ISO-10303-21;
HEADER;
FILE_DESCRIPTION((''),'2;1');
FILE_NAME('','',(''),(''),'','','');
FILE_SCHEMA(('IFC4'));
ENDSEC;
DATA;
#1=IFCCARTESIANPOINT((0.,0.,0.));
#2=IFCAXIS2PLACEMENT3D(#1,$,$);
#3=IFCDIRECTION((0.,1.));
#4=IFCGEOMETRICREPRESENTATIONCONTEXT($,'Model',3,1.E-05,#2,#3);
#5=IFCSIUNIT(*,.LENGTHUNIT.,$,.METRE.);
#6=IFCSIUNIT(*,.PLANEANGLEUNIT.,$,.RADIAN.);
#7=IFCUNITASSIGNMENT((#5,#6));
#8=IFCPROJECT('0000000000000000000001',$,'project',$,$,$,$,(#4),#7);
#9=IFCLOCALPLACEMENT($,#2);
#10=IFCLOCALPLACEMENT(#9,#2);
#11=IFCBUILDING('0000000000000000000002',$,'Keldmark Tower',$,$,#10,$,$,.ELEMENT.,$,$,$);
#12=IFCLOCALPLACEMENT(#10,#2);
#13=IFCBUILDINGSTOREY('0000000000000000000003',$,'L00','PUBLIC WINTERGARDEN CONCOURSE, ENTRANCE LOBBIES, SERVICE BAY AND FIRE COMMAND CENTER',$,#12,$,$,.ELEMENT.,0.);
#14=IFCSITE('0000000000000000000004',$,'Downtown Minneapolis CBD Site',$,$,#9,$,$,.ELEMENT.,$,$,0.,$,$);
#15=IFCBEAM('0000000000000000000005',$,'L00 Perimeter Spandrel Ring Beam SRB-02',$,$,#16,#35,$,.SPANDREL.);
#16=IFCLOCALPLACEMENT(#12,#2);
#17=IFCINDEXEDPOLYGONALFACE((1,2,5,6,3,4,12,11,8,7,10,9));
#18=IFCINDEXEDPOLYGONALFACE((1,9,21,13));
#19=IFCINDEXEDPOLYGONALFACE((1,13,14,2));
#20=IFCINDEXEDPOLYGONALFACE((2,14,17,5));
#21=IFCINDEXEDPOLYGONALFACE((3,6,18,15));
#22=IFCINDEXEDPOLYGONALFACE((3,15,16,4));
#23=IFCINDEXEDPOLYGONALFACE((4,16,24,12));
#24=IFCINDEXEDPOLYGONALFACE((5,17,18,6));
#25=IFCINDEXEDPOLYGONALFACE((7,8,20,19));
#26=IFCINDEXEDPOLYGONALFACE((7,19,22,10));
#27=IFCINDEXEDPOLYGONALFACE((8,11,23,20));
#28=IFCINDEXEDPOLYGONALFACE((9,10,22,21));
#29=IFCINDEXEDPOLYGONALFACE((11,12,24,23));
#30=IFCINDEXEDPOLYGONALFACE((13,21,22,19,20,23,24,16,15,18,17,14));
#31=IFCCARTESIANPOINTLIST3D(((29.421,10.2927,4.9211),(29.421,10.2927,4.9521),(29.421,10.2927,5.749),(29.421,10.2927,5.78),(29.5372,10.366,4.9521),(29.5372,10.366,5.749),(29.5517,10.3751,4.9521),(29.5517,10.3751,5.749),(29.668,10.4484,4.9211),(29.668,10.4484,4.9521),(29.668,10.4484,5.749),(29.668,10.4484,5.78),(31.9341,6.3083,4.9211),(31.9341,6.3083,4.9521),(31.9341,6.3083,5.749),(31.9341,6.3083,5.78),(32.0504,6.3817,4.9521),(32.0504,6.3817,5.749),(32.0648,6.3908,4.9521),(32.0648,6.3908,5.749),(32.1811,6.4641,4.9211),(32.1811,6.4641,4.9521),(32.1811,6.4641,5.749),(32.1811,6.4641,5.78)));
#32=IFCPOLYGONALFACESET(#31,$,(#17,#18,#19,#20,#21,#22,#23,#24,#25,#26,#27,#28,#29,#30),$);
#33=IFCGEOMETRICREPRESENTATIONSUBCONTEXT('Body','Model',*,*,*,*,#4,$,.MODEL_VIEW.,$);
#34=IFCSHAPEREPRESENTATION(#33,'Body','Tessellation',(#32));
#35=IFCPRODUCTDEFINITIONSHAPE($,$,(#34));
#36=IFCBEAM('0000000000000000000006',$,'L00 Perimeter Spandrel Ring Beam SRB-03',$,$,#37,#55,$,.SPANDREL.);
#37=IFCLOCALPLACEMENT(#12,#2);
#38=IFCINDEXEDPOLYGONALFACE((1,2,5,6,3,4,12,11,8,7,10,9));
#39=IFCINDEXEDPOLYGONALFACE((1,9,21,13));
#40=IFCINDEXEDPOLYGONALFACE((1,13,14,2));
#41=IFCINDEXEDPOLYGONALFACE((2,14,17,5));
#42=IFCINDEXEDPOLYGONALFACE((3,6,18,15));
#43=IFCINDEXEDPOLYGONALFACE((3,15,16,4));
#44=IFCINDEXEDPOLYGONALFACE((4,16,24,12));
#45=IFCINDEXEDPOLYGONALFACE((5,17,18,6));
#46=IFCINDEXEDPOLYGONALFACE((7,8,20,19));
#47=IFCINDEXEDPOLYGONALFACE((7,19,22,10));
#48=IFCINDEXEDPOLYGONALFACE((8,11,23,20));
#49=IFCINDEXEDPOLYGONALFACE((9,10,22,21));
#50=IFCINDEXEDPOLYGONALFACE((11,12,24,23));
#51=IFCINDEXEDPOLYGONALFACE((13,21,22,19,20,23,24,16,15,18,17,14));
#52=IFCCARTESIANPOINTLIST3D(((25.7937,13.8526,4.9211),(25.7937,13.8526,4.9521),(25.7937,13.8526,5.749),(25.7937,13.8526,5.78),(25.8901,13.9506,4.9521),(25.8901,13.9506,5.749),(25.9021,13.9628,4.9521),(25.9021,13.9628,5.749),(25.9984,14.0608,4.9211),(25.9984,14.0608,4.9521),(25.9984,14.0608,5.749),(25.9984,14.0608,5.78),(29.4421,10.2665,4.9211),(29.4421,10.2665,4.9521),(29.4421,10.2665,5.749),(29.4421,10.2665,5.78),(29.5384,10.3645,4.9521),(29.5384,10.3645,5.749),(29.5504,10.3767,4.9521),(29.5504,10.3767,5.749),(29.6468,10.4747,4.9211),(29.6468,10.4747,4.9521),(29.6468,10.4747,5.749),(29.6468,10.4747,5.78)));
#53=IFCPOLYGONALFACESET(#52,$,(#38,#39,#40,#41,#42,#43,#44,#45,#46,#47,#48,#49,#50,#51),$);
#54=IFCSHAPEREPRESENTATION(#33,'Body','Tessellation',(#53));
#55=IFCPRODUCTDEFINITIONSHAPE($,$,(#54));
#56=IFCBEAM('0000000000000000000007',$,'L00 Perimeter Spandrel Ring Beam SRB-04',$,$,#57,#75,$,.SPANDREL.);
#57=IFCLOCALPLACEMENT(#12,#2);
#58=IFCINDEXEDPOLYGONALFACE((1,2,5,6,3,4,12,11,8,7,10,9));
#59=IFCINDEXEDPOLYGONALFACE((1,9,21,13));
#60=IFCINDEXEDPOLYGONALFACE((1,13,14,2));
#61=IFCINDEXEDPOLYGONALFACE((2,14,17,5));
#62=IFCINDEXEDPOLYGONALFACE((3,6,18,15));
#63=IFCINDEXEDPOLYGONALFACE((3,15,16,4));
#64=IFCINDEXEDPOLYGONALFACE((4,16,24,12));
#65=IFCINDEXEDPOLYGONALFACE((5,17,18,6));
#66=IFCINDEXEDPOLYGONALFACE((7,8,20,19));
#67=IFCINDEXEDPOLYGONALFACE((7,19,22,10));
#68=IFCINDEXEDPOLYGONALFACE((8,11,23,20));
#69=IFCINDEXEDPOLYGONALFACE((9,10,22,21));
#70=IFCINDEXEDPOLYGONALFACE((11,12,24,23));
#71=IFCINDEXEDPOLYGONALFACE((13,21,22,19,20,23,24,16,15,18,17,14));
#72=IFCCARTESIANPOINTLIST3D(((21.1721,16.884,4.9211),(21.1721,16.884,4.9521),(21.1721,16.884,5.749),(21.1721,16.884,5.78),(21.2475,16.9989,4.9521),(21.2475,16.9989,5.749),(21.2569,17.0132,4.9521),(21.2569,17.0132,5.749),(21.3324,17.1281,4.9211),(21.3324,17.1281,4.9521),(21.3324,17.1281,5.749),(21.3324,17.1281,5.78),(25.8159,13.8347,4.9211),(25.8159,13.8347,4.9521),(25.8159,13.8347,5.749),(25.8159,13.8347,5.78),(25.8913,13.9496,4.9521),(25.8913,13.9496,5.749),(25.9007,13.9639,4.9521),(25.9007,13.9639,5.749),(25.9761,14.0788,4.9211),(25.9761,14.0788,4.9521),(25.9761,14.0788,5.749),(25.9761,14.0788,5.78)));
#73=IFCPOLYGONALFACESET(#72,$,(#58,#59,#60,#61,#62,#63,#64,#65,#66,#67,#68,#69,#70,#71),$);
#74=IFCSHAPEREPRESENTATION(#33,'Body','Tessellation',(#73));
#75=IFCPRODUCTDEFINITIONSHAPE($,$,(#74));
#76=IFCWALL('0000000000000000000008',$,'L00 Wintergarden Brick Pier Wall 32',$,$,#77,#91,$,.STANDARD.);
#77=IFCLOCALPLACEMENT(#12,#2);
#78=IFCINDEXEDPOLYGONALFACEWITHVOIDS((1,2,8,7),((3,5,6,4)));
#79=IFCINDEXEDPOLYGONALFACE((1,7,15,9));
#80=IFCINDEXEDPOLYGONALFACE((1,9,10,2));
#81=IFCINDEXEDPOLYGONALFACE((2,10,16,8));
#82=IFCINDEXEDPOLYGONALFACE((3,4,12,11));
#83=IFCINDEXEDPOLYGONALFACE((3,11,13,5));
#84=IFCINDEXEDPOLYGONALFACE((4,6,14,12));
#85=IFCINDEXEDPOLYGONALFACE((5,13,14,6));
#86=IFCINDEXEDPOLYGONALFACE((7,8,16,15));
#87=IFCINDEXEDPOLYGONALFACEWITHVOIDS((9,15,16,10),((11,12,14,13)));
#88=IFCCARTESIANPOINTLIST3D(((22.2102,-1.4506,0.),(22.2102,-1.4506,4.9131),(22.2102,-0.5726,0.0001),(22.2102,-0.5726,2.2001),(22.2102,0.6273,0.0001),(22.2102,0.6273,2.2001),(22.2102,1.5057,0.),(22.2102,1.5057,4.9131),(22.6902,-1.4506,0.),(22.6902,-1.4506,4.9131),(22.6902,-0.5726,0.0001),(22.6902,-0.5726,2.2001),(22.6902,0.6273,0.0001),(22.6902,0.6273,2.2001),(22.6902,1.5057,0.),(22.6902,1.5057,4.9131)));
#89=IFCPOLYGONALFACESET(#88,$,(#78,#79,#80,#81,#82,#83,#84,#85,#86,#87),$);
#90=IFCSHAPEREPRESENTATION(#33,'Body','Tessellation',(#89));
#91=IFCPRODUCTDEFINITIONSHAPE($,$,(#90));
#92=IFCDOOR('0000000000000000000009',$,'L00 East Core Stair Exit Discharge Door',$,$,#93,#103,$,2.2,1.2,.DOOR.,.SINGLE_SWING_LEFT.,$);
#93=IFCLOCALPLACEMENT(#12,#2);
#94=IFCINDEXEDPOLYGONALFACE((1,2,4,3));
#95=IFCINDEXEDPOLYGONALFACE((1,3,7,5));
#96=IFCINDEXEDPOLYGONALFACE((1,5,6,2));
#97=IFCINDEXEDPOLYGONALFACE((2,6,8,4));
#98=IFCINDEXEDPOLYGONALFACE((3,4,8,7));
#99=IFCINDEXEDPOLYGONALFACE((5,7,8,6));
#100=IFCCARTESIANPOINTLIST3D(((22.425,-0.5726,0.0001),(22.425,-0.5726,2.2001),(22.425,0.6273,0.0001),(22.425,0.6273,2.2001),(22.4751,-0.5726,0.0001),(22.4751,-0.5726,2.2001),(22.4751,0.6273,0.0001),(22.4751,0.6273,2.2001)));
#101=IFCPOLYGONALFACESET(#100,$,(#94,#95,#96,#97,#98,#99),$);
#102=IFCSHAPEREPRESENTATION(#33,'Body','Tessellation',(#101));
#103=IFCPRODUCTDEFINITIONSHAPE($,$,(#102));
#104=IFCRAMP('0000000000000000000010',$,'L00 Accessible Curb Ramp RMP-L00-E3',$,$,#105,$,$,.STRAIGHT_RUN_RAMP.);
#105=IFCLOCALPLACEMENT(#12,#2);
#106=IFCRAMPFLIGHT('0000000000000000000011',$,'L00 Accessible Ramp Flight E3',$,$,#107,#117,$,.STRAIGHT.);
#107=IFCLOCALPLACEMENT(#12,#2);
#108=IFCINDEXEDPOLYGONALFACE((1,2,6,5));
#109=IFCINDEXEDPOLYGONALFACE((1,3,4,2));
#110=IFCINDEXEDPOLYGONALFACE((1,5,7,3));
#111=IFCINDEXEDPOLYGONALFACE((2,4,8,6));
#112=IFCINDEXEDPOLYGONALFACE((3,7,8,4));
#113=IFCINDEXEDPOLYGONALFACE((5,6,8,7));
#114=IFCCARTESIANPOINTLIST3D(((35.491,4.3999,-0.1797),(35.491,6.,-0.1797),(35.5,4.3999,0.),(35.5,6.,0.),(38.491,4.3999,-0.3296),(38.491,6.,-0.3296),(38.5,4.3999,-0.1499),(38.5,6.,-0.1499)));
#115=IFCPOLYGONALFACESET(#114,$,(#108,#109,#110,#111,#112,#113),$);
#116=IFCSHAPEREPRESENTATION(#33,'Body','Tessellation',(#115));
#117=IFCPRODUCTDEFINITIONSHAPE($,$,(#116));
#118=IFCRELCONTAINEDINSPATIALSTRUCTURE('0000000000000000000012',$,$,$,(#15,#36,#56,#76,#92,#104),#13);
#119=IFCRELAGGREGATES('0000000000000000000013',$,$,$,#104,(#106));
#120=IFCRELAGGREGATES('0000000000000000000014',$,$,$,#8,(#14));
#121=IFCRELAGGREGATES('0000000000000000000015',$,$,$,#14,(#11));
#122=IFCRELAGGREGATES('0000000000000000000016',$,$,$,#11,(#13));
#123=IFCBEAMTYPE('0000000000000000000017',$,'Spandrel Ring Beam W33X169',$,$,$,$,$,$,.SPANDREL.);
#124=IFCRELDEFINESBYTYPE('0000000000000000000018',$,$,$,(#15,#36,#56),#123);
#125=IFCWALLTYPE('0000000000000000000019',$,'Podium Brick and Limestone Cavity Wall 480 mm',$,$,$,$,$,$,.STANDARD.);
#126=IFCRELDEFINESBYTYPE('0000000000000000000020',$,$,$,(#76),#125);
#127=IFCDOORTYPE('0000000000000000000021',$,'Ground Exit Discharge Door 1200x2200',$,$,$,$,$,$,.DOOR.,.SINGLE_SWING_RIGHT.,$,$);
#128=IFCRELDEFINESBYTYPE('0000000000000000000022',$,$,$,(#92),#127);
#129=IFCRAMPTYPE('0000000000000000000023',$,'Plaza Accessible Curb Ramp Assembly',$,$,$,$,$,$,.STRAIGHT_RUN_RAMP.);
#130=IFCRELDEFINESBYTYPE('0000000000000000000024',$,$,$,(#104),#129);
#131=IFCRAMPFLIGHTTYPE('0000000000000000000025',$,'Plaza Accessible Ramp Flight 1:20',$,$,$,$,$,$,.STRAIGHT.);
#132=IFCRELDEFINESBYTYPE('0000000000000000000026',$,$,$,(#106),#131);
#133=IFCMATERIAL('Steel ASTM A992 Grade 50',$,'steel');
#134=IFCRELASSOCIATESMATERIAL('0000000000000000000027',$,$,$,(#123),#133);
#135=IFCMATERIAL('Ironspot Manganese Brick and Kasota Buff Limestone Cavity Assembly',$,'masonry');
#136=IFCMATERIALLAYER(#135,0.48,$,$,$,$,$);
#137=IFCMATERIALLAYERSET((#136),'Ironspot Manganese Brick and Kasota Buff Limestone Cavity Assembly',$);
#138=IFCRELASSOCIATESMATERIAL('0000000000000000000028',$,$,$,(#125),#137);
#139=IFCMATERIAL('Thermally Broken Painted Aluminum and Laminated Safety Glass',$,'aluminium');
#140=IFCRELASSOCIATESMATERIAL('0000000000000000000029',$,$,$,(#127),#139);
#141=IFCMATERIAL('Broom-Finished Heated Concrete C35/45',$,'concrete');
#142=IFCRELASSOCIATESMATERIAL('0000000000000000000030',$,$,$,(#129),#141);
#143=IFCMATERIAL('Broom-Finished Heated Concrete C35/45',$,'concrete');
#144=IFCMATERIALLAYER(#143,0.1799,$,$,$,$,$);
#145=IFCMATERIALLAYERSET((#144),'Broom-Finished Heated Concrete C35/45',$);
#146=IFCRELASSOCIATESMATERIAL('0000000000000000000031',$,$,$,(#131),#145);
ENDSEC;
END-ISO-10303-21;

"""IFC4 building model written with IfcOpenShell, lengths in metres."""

from ifc_helpers import new_model, si_unit, direction, frame, frame_2d, origin, origin_2d, place, context, subcontext, project, spatial, polyline, rectangle, i_section, outline, extrude, material, layer, layer_set, material_profile, profile_set, type_object, element, fill, aggregate, save


model = new_model("IFC4")

# Units and contexts
model_context = context("Model", 3, precision=1e-05, world=origin(), true_north=direction((0.0, 1.0)))
body_context = subcontext(model_context, "Body", "Model", "MODEL_VIEW")
ifc_project = project(units=[si_unit("LENGTHUNIT", "METRE"), si_unit("PLANEANGLEUNIT", "RADIAN")], contexts=[model_context])

# Site, building, storey
site_placement = place(None, origin())
site = spatial("IfcSite", under=ifc_project, at=site_placement, Name="Downtown Minneapolis CBD Site", CompositionType="ELEMENT", RefElevation=0.0)
building_placement = place(site_placement, origin())
building = spatial("IfcBuilding", under=site, at=building_placement, Name="Keldmark Tower", CompositionType="ELEMENT")
storey_placement = place(building_placement, origin())
storey = spatial("IfcBuildingStorey", under=building, at=storey_placement, Name="L00", Description="PUBLIC WINTERGARDEN CONCOURSE, ENTRANCE LOBBIES, SERVICE BAY AND FIRE COMMAND CENTER", CompositionType="ELEMENT", Elevation=0.0)

# Beams
ifc_material_1 = material(Name="Steel ASTM A992 Grade 50", Category="steel")
ifc_material_profile_1 = material_profile(ifc_material_1, i_section(OverallWidth=0.292, OverallDepth=0.8589, WebThickness=0.0171, FlangeThickness=0.031, at=origin_2d()), Name="W33X169")
ifc_profile_set_1 = profile_set([ifc_material_profile_1], Name="Steel ASTM A992 Grade 50")
beam_type_1 = type_object("IfcBeamType", Name="Spandrel Ring Beam W33X169", PredefinedType="SPANDREL", material=ifc_profile_set_1)
beam_1_placement = place(storey_placement, frame((32.0576, 6.3862, 5.3506), z_axis=(-0.533498, 0.845802, 0.0), x_axis=(-0.845802, -0.533498, 0.0)))
element("IfcBeam", 1, at=beam_1_placement, inside=storey, type_object=beam_type_1, Name="L00 Perimeter Spandrel Ring Beam SRB-02", PredefinedType="SPANDREL", context=body_context, shape_type="SweptSolid", body=[
    extrude(i_section(OverallWidth=0.292, OverallDepth=0.8589, WebThickness=0.0171, FlangeThickness=0.031, at=origin_2d()), origin(), (0.0, 0.0, 1.0), 4.7107),
])
beam_2_placement = place(storey_placement, frame((29.5444, 10.3706, 5.3506), z_axis=(-0.713165, 0.700996, 0.0), x_axis=(-0.700996, -0.713165, 0.0)))
element("IfcBeam", 2, at=beam_2_placement, inside=storey, type_object=beam_type_1, Name="L00 Perimeter Spandrel Ring Beam SRB-03", PredefinedType="SPANDREL", context=body_context, shape_type="SweptSolid", body=[
    extrude(i_section(OverallWidth=0.292, OverallDepth=0.8589, WebThickness=0.0171, FlangeThickness=0.031, at=origin_2d()), origin(), (0.0, 0.0, 1.0), 5.1157),
])
beam_3_placement = place(storey_placement, frame((25.896, 13.9568, 5.3506), z_axis=(-0.835897, 0.548886, 0.0), x_axis=(-0.548886, -0.835897, 0.0)))
element("IfcBeam", 3, at=beam_3_placement, inside=storey, type_object=beam_type_1, Name="L00 Perimeter Spandrel Ring Beam SRB-04", PredefinedType="SPANDREL", context=body_context, shape_type="SweptSolid", body=[
    extrude(i_section(OverallWidth=0.292, OverallDepth=0.8589, WebThickness=0.0171, FlangeThickness=0.031, at=origin_2d()), origin(), (0.0, 0.0, 1.0), 5.5554),
])

# Wall, opening, door
ifc_material_2 = material(Name="Ironspot Manganese Brick and Kasota Buff Limestone Cavity Assembly", Category="masonry")
ifc_layer_1 = layer(ifc_material_2, 0.48)
ifc_layer_set_1 = layer_set([ifc_layer_1], Name="Ironspot Manganese Brick and Kasota Buff Limestone Cavity Assembly")
wall_type = type_object("IfcWallType", Name="Podium Brick and Limestone Cavity Wall 480 mm", PredefinedType="STANDARD", material=ifc_layer_set_1)
wall_placement = place(storey_placement, frame((22.4502, 1.5056, 0.0), z_axis=(0.0, 0.0, 1.0), x_axis=(0.0, -1.0, 0.0)))
wall = element("IfcWall", 4, at=wall_placement, inside=storey, type_object=wall_type, Name="L00 Wintergarden Brick Pier Wall 32", PredefinedType="STANDARD", context=body_context, shape_type="SweptSolid", body=[
    extrude(rectangle(XDim=2.9563, YDim=0.48, at=frame_2d((1.478, 0.0))), origin(), (0.0, 0.0, 1.0), 4.9131),
])
opening_placement = place(wall_placement, frame((0.8782, 0.0, 0.0)))
opening = element("IfcOpeningElement", 5, at=opening_placement, cuts=wall, PredefinedType="OPENING", context=body_context, shape_type="SweptSolid", body=[
    extrude(rectangle(XDim=1.2, YDim=2.2, at=frame_2d((0.6001, 1.1001))), frame((0.0, 0.25, 0.0), z_axis=(0.0, -1.0, 0.0), x_axis=(1.0, 0.0, 0.0)), (0.0, 0.0, 1.0), 0.5),
])
ifc_material_3 = material(Name="Thermally Broken Painted Aluminum and Laminated Safety Glass", Category="aluminium")
door_type = type_object("IfcDoorType", Name="Ground Exit Discharge Door 1200x2200", OperationType="SINGLE_SWING_RIGHT", PredefinedType="DOOR", material=ifc_material_3)
door_placement = place(opening_placement, origin())
door = element("IfcDoor", 6, at=door_placement, inside=storey, type_object=door_type, Name="L00 East Core Stair Exit Discharge Door", OperationType="SINGLE_SWING_LEFT", OverallHeight=2.2, OverallWidth=1.2, PredefinedType="DOOR", context=body_context, shape_type="SweptSolid", body=[
    extrude(rectangle(XDim=1.2, YDim=2.2, at=frame_2d((0.6001, 1.1001))), frame((0.0, 0.0249, 0.0), z_axis=(0.0, -1.0, 0.0), x_axis=(1.0, 0.0, 0.0)), (0.0, 0.0, 1.0), 0.05),
])
fill(opening, door)

# Ramp, ramp flight
ifc_material_4 = material(Name="Broom-Finished Heated Concrete C35/45", Category="concrete")
ramp_type = type_object("IfcRampType", Name="Plaza Accessible Curb Ramp Assembly", PredefinedType="STRAIGHT_RUN_RAMP", material=ifc_material_4)
ramp_placement = place(storey_placement, origin())
ramp = element("IfcRamp", 7, at=ramp_placement, inside=storey, type_object=ramp_type, Name="L00 Accessible Curb Ramp RMP-L00-E3", PredefinedType="STRAIGHT_RUN_RAMP")
ifc_material_5 = material(Name="Broom-Finished Heated Concrete C35/45", Category="concrete")
ifc_layer_2 = layer(ifc_material_5, 0.1799)
ifc_layer_set_2 = layer_set([ifc_layer_2], Name="Broom-Finished Heated Concrete C35/45")
ramp_flight_type = type_object("IfcRampFlightType", Name="Plaza Accessible Ramp Flight 1:20", PredefinedType="STRAIGHT", material=ifc_layer_set_2)
ramp_flight_placement = place(storey_placement, frame((38.5, 6.0, -0.1499), z_axis=(0.049905, 0.0, 0.998754), x_axis=(-0.998754, 0.0, 0.049905)))
ramp_flight = element("IfcRampFlight", 8, at=ramp_flight_placement, type_object=ramp_flight_type, Name="L00 Accessible Ramp Flight E3", PredefinedType="STRAIGHT", context=body_context, shape_type="SweptSolid", body=[
    extrude(outline(polyline([(0.0, 0.0), (3.0037, 0.0), (3.0037, 1.6001), (0.0, 1.6001), (0.0, 0.0)])), origin(), (0.0, 0.0, -1.0), 0.1799),
])
aggregate(ramp, [ramp_flight])

save(model, "model.ifc")
